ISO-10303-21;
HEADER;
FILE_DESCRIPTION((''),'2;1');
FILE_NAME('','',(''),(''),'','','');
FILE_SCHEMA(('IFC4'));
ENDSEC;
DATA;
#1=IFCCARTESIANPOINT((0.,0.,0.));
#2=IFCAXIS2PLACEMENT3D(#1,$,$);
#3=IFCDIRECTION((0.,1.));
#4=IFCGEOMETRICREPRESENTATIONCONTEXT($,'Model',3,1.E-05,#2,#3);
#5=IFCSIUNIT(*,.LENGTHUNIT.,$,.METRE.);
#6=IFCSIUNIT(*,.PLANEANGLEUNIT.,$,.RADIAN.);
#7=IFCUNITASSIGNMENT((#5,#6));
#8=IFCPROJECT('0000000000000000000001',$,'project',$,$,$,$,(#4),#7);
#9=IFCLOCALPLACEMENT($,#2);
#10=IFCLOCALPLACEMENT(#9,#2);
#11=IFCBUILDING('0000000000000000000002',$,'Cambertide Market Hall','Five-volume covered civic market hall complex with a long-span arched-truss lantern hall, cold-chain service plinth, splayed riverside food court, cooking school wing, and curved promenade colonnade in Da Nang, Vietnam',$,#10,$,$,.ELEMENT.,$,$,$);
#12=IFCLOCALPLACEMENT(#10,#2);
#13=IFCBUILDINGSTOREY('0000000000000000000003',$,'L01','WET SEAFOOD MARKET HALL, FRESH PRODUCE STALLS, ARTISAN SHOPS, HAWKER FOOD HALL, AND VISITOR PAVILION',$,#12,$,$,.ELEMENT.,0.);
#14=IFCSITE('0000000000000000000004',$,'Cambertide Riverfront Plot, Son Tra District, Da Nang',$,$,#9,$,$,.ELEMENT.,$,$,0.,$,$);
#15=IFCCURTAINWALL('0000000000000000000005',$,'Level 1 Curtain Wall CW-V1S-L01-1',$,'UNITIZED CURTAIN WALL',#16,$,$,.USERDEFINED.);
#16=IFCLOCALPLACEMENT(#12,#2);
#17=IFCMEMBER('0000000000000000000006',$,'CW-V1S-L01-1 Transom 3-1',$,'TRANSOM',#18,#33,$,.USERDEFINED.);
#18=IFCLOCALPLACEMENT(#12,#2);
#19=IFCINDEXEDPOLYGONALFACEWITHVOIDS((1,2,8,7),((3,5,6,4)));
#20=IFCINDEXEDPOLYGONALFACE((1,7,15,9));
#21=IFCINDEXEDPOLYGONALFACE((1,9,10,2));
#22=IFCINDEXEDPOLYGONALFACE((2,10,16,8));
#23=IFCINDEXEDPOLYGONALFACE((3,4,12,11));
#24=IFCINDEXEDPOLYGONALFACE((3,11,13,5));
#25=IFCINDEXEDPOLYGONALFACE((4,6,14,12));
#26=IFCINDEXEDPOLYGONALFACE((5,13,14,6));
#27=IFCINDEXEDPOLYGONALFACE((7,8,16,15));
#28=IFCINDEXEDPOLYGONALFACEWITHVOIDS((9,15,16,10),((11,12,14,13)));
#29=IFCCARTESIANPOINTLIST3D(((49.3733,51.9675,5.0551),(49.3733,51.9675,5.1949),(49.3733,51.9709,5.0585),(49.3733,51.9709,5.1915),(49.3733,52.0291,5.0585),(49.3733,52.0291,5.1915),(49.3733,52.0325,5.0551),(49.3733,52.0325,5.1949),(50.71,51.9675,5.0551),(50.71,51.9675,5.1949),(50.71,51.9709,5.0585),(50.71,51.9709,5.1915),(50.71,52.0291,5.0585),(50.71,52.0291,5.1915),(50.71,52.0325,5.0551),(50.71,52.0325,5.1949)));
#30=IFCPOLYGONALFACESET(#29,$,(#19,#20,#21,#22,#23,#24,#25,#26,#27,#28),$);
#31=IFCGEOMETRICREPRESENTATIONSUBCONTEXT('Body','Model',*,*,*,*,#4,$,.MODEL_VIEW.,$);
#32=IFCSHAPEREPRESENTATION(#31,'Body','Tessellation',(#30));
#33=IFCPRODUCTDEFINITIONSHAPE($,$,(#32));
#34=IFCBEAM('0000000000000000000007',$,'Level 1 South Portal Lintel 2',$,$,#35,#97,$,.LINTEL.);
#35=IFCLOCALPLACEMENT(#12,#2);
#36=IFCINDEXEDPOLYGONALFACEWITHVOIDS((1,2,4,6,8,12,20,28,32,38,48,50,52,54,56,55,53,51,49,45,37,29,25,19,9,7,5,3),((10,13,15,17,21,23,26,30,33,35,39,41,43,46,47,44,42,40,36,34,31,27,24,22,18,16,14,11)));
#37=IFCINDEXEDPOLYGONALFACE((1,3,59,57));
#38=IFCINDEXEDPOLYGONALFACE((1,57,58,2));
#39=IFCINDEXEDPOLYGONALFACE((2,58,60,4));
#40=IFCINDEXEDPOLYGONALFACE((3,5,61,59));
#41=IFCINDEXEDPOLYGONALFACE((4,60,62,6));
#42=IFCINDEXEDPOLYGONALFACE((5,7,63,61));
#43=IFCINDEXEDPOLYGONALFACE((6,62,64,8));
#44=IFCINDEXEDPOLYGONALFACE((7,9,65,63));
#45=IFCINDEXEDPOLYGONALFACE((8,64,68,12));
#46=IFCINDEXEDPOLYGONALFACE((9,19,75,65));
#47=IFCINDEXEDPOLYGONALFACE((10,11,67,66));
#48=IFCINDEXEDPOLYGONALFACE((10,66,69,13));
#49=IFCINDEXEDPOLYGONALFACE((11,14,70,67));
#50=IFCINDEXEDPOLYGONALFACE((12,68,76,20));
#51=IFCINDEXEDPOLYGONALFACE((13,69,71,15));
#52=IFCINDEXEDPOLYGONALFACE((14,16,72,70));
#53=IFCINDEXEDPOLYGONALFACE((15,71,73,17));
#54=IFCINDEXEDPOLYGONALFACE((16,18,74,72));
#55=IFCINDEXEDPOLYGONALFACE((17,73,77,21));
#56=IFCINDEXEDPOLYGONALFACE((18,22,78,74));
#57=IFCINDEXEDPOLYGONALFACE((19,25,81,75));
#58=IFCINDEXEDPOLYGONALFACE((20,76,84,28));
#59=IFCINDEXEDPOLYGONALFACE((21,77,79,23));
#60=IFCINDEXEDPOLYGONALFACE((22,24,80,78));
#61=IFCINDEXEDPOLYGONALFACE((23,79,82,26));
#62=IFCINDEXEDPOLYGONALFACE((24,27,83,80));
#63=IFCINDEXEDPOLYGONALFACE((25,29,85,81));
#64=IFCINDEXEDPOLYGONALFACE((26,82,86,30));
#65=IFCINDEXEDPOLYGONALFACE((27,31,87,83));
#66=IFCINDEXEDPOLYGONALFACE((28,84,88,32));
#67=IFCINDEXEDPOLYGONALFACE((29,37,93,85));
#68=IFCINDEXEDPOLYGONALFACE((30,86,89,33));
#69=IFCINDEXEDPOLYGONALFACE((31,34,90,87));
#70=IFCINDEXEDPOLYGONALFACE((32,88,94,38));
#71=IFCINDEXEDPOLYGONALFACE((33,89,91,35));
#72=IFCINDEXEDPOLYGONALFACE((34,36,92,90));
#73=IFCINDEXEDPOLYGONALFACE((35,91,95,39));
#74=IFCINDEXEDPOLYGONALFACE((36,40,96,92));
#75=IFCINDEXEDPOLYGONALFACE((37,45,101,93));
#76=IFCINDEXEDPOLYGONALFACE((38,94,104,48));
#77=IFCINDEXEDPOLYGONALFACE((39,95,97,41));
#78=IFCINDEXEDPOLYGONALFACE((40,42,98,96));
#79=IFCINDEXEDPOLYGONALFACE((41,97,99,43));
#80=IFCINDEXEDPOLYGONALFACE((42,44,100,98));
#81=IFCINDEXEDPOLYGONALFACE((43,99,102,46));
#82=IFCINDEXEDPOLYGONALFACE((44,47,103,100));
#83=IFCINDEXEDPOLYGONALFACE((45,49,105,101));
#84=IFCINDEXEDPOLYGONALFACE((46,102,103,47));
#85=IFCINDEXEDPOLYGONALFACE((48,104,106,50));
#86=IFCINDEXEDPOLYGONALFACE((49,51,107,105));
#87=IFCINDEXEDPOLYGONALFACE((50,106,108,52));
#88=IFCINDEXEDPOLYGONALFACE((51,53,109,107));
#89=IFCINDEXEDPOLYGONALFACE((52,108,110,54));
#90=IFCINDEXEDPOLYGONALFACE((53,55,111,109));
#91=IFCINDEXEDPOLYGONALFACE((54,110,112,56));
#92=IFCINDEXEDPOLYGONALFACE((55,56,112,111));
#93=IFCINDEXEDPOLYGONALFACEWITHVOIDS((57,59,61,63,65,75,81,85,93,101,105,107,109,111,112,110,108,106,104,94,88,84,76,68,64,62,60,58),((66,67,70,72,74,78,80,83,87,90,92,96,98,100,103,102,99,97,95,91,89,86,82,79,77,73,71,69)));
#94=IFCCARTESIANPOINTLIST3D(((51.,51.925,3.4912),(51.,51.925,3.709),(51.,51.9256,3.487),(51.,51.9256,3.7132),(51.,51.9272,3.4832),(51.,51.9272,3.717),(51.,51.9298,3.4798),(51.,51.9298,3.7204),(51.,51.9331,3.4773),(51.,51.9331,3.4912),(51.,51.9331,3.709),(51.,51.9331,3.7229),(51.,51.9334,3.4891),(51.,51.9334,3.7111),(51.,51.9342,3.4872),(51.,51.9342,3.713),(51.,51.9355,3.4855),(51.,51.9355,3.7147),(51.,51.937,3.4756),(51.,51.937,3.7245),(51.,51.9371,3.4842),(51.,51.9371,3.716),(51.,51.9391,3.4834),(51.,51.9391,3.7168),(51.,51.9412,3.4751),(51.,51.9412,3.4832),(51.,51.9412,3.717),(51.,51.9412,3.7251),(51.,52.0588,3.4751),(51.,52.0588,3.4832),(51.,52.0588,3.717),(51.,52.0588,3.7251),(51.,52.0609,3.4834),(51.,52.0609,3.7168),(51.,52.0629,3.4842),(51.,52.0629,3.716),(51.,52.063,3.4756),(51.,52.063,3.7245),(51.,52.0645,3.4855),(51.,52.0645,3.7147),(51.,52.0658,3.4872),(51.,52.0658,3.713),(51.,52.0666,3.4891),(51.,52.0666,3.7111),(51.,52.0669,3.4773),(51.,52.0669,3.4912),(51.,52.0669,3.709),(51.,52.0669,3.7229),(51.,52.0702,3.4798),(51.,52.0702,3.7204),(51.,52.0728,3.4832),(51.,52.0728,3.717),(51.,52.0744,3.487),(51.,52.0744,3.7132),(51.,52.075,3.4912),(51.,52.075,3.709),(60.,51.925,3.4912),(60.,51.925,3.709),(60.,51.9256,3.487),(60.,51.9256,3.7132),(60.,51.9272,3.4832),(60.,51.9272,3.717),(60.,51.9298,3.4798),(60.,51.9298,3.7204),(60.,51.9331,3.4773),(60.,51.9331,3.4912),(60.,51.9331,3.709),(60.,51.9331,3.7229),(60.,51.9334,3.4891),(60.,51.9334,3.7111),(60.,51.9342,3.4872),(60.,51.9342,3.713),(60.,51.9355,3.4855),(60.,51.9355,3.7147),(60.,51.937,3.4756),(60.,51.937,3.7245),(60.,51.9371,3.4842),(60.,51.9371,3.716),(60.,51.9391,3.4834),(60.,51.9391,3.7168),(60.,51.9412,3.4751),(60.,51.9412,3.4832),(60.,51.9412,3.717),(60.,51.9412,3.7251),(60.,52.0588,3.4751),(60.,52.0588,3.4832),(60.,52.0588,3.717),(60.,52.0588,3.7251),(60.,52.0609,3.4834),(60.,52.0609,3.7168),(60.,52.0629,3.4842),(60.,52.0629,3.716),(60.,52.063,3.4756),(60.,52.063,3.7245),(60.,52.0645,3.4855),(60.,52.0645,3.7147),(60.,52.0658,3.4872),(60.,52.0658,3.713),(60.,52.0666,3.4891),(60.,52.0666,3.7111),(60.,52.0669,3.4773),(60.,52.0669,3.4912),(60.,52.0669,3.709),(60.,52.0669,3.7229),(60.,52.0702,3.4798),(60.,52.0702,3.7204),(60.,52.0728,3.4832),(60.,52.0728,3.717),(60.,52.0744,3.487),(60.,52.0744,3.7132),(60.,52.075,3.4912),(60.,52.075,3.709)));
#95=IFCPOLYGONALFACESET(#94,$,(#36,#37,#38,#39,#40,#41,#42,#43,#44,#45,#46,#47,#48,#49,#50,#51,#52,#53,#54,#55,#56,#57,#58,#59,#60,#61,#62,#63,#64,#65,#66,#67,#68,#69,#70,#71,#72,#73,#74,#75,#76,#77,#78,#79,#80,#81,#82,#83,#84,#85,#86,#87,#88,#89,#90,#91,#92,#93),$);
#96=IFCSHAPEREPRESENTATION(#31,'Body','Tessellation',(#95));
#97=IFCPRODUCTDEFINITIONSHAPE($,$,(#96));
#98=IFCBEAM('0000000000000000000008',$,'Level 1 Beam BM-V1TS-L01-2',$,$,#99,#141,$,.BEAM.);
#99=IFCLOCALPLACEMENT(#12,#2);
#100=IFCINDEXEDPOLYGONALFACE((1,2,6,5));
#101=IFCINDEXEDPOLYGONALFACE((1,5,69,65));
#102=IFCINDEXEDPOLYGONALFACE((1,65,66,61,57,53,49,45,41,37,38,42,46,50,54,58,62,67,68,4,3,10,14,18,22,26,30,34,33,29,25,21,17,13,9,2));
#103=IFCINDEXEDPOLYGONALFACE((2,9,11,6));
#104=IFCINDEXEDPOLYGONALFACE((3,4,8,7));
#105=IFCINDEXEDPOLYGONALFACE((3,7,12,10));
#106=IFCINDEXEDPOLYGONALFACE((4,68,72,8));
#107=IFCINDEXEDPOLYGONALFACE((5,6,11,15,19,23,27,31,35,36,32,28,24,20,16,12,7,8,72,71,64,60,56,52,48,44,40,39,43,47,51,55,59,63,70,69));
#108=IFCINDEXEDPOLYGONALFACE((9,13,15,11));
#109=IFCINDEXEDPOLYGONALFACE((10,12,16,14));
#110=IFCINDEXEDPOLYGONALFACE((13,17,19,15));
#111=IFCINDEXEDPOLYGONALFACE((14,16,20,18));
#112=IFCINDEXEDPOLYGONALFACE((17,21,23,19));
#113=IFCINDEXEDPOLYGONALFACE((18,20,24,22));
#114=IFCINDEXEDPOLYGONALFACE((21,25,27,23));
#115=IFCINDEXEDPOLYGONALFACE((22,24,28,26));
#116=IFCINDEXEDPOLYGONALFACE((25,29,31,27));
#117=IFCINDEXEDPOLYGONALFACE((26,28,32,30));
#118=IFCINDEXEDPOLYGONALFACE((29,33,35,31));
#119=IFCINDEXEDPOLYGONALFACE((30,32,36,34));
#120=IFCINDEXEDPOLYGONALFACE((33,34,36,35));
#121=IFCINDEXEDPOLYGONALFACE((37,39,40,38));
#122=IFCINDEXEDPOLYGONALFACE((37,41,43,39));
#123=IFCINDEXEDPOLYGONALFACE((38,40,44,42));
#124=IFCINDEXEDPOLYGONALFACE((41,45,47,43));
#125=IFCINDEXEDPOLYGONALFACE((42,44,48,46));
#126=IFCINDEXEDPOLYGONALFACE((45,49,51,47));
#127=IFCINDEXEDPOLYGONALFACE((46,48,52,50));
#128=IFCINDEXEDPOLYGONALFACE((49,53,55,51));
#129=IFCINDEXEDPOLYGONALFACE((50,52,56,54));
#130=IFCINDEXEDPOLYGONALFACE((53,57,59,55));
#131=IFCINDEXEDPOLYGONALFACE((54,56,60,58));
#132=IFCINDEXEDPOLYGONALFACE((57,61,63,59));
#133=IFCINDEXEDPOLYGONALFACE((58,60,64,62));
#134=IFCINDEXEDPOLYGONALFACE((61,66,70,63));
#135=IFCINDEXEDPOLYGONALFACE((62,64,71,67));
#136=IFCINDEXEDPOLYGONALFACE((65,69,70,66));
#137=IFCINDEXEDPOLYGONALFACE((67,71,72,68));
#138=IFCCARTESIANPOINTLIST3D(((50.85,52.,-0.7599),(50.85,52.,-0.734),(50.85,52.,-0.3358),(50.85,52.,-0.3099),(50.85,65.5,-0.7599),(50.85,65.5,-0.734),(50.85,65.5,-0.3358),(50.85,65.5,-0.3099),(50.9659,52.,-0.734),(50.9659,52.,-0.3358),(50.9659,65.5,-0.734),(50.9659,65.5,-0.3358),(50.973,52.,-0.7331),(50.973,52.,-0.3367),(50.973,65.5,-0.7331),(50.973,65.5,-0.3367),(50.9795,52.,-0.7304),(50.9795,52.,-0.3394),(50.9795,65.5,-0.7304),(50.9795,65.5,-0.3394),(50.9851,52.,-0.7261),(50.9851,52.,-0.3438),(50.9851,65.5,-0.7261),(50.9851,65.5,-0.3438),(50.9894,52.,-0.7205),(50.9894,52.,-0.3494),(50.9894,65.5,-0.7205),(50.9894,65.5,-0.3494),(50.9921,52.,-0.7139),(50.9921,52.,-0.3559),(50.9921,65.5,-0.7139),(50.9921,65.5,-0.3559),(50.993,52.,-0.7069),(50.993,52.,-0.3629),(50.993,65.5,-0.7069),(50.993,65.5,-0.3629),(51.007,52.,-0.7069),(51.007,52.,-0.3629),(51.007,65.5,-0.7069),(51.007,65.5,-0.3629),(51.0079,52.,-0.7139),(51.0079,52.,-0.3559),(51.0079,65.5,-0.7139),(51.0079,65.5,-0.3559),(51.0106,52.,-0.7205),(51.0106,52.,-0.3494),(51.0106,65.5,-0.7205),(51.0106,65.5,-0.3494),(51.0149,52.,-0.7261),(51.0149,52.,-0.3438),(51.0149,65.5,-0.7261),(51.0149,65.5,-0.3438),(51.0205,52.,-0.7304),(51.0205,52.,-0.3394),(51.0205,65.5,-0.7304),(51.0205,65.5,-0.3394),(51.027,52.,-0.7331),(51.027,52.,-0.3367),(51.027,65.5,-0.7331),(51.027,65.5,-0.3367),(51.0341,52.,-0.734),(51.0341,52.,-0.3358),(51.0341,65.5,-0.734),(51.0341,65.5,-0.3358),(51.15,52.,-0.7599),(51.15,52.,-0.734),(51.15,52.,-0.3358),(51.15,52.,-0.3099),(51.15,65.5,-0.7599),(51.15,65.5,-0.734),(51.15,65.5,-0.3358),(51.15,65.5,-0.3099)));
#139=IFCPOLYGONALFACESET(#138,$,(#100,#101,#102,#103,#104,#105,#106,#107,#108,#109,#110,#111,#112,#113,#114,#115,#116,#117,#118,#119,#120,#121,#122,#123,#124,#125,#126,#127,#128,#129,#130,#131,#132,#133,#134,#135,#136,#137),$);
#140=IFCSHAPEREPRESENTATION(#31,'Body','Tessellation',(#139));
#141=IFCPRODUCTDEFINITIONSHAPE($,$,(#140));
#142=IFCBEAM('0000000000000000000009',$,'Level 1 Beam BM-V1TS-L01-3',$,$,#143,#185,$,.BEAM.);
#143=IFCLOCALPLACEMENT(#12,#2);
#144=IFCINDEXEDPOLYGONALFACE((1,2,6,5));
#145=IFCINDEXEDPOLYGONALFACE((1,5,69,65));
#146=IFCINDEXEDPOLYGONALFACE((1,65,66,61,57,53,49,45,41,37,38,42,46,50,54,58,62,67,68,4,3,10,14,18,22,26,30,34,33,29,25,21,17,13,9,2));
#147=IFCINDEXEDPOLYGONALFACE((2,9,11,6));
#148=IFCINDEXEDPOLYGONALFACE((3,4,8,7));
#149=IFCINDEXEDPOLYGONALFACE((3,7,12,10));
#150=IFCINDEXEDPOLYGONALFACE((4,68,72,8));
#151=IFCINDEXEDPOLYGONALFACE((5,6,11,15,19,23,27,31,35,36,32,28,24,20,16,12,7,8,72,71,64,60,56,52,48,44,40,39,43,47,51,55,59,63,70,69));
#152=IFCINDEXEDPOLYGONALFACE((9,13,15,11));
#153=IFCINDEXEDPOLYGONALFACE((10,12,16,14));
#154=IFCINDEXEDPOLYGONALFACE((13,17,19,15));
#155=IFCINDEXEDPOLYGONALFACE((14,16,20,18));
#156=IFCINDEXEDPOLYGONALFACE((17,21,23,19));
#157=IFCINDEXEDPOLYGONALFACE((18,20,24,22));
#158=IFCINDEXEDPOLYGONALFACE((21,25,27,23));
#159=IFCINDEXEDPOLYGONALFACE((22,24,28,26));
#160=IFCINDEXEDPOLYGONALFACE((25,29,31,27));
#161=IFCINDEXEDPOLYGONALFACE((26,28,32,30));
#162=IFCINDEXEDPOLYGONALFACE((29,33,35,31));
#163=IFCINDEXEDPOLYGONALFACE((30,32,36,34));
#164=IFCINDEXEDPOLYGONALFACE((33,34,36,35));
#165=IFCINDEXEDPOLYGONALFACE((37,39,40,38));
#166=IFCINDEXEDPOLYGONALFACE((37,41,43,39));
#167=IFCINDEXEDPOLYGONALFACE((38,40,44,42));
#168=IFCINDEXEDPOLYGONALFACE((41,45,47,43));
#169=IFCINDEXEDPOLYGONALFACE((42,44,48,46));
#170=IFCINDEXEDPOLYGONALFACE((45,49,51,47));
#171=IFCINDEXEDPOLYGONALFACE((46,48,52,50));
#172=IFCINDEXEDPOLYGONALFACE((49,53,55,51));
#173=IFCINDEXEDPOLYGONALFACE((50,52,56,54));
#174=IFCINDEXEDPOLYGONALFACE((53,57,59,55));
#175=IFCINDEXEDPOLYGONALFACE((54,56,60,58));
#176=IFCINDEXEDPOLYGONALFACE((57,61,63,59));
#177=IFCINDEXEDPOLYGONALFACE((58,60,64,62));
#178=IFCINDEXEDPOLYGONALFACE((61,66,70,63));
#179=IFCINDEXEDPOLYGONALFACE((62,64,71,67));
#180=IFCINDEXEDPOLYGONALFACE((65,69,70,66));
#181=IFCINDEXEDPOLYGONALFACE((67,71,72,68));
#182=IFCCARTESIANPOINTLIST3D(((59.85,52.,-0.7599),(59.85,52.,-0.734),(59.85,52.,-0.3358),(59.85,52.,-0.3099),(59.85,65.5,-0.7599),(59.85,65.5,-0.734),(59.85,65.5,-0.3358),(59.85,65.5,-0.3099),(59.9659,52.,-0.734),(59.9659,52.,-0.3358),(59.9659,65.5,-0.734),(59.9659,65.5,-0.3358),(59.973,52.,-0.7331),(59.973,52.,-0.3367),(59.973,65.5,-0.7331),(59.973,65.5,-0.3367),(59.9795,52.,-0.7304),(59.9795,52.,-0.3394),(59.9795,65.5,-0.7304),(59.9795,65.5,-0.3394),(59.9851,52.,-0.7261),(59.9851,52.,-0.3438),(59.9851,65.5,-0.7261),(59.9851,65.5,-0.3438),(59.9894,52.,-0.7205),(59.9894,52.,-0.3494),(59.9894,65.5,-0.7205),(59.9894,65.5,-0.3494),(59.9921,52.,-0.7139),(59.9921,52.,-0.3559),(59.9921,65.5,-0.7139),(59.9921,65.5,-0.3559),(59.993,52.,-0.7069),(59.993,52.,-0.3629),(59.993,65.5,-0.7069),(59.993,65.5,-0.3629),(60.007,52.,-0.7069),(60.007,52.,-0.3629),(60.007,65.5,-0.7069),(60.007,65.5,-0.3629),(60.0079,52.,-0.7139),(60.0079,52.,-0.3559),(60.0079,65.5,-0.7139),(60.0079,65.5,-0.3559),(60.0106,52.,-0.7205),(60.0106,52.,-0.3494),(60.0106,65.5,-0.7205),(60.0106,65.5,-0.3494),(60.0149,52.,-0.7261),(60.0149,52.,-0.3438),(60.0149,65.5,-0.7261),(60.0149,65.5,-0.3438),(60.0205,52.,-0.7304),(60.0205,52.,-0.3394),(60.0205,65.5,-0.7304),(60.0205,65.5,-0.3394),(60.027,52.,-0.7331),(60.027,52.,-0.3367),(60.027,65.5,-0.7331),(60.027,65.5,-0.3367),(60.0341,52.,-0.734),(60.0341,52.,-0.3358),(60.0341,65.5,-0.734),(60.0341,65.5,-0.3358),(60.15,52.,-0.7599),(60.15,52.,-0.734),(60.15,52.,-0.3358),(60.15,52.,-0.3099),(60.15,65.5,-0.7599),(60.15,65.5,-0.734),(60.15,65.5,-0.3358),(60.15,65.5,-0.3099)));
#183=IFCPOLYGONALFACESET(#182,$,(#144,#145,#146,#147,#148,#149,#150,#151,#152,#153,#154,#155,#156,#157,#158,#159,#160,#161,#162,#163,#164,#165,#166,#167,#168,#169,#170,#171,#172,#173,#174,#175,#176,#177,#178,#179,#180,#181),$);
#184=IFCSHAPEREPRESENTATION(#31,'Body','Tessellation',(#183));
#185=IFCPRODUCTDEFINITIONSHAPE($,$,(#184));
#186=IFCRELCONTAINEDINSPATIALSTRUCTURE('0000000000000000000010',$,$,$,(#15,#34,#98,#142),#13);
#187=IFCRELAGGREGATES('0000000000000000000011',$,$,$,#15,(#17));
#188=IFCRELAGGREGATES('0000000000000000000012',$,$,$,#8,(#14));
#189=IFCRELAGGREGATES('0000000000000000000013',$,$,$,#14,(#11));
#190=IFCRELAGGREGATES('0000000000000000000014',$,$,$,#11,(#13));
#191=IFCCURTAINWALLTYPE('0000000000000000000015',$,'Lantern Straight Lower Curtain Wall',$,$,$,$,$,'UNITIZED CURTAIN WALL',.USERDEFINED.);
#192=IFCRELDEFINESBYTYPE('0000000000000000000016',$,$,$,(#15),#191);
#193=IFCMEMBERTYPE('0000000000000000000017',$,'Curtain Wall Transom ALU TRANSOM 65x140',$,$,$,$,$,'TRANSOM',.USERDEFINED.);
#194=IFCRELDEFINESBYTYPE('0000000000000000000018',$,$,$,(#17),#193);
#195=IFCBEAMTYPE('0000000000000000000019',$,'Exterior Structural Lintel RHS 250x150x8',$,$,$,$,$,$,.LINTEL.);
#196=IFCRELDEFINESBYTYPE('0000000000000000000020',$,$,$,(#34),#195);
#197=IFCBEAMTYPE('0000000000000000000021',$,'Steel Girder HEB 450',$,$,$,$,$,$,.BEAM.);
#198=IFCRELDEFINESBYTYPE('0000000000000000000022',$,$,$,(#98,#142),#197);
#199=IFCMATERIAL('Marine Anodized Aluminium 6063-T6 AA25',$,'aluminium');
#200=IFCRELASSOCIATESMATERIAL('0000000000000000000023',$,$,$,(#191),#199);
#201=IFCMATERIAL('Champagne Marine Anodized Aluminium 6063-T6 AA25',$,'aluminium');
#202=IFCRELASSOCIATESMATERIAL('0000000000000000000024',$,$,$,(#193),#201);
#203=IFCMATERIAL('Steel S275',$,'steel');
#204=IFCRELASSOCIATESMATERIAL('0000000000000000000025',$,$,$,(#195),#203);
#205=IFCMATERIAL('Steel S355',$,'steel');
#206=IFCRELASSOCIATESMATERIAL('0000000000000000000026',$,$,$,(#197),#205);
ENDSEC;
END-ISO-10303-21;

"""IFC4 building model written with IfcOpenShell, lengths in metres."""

from ifc_helpers import new_model, si_unit, direction, frame, origin, origin_2d, place, context, subcontext, project, spatial, hollow_rectangle, i_section, extrude, material, material_profile, profile_set, type_object, element, aggregate, save


model = new_model("IFC4")

# Units and contexts
model_context = context("Model", 3, precision=1e-05, world=origin(), true_north=direction((0.0, 1.0)))
body_context = subcontext(model_context, "Body", "Model", "MODEL_VIEW")
ifc_project = project(units=[si_unit("LENGTHUNIT", "METRE"), si_unit("PLANEANGLEUNIT", "RADIAN")], contexts=[model_context])

# Site, building, storey
site_placement = place(None, origin())
site = spatial("IfcSite", under=ifc_project, at=site_placement, Name="Cambertide Riverfront Plot, Son Tra District, Da Nang", CompositionType="ELEMENT", RefElevation=0.0)
building_placement = place(site_placement, origin())
building = spatial("IfcBuilding", under=site, at=building_placement, Name="Cambertide Market Hall", Description="Five-volume covered civic market hall complex with a long-span arched-truss lantern hall, cold-chain service plinth, splayed riverside food court, cooking school wing, and curved promenade colonnade in Da Nang, Vietnam", CompositionType="ELEMENT")
storey_placement = place(building_placement, origin())
storey = spatial("IfcBuildingStorey", under=building, at=storey_placement, Name="L01", Description="WET SEAFOOD MARKET HALL, FRESH PRODUCE STALLS, ARTISAN SHOPS, HAWKER FOOD HALL, AND VISITOR PAVILION", CompositionType="ELEMENT", Elevation=0.0)

# Curtain wall
ifc_material_1 = material(Name="Marine Anodized Aluminium 6063-T6 AA25", Category="aluminium")
curtain_wall_type = type_object("IfcCurtainWallType", Name="Lantern Straight Lower Curtain Wall", ElementType="UNITIZED CURTAIN WALL", PredefinedType="USERDEFINED", material=ifc_material_1)
curtain_wall_1_placement = place(storey_placement, origin())
curtain_wall_1 = element("IfcCurtainWall", 1, at=curtain_wall_1_placement, inside=storey, type_object=curtain_wall_type, Name="Level 1 Curtain Wall CW-V1S-L01-1", ObjectType="UNITIZED CURTAIN WALL", PredefinedType="USERDEFINED")

# Member
ifc_material_2 = material(Name="Champagne Marine Anodized Aluminium 6063-T6 AA25", Category="aluminium")
ifc_material_profile_1 = material_profile(ifc_material_2, hollow_rectangle(XDim=0.0649, YDim=0.1399, WallThickness=0.0034, at=origin_2d()), Name="ALU TRANSOM 65x140")
ifc_profile_set_1 = profile_set([ifc_material_profile_1], Name="Champagne Marine Anodized Aluminium 6063-T6 AA25")
member_type_1 = type_object("IfcMemberType", Name="Curtain Wall Transom ALU TRANSOM 65x140", ElementType="TRANSOM", PredefinedType="USERDEFINED", material=ifc_profile_set_1)
member_1_placement = place(storey_placement, frame((50.71, 52.0, 5.125), z_axis=(-1.0, 0.0, 0.0), x_axis=(0.0, -1.0, 0.0)))
member_1 = element("IfcMember", 2, at=member_1_placement, type_object=member_type_1, Name="CW-V1S-L01-1 Transom 3-1", ObjectType="TRANSOM", PredefinedType="USERDEFINED", context=body_context, shape_type="SweptSolid", body=[
    extrude(hollow_rectangle(XDim=0.0649, YDim=0.1399, WallThickness=0.0034, at=origin_2d()), origin(), (0.0, 0.0, 1.0), 1.3367),
])

# Beams
ifc_material_3 = material(Name="Steel S275", Category="steel")
ifc_material_profile_2 = material_profile(ifc_material_3, hollow_rectangle(XDim=0.1499, YDim=0.25, WallThickness=0.0081, InnerFilletRadius=0.0081, OuterFilletRadius=0.0161, at=origin_2d()), Name="RHS 250x150x8")
ifc_profile_set_2 = profile_set([ifc_material_profile_2], Name="Steel S275")
beam_type_1 = type_object("IfcBeamType", Name="Exterior Structural Lintel RHS 250x150x8", PredefinedType="LINTEL", material=ifc_profile_set_2)
beam_1_placement = place(storey_placement, frame((51.0, 52.0, 3.6001), z_axis=(1.0, 0.0, 0.0), x_axis=(0.0, 1.0, 0.0)))
element("IfcBeam", 3, at=beam_1_placement, inside=storey, type_object=beam_type_1, Name="Level 1 South Portal Lintel 2", PredefinedType="LINTEL", context=body_context, shape_type="SweptSolid", body=[
    extrude(hollow_rectangle(XDim=0.1499, YDim=0.25, WallThickness=0.0081, InnerFilletRadius=0.0081, OuterFilletRadius=0.0161, at=origin_2d()), origin(), (0.0, 0.0, 1.0), 9.0),
])
ifc_material_4 = material(Name="Steel S355", Category="steel")
ifc_material_profile_3 = material_profile(ifc_material_4, i_section(OverallWidth=0.3, OverallDepth=0.45, WebThickness=0.0139, FlangeThickness=0.0259, FilletRadius=0.0271, at=origin_2d()), Name="HEB 450")
ifc_profile_set_3 = profile_set([ifc_material_profile_3], Name="Steel S355")
beam_type_2 = type_object("IfcBeamType", Name="Steel Girder HEB 450", PredefinedType="BEAM", material=ifc_profile_set_3)
for number, where, z_axis, x_axis, name in (
    (4, (51.0, 52.0, -0.5349), (0.0, 1.0, 0.0), (-1.0, 0.0, 0.0), "Level 1 Beam BM-V1TS-L01-2"),
    (5, (60.0, 52.0, -0.5349), (0.0, 1.0, 0.0), (-1.0, 0.0, 0.0), "Level 1 Beam BM-V1TS-L01-3"),
):
    element("IfcBeam", number, at=place(storey_placement, frame(where, z_axis=z_axis, x_axis=x_axis)), inside=storey, type_object=beam_type_2, Name=name, PredefinedType="BEAM", context=body_context, shape_type="SweptSolid", body=[
        extrude(i_section(OverallWidth=0.3, OverallDepth=0.45, WebThickness=0.0139, FlangeThickness=0.0259, FilletRadius=0.0271, at=origin_2d()), origin(), (0.0, 0.0, 1.0), 13.5),
    ])

aggregate(curtain_wall_1, [member_1])

save(model, "model.ifc")
